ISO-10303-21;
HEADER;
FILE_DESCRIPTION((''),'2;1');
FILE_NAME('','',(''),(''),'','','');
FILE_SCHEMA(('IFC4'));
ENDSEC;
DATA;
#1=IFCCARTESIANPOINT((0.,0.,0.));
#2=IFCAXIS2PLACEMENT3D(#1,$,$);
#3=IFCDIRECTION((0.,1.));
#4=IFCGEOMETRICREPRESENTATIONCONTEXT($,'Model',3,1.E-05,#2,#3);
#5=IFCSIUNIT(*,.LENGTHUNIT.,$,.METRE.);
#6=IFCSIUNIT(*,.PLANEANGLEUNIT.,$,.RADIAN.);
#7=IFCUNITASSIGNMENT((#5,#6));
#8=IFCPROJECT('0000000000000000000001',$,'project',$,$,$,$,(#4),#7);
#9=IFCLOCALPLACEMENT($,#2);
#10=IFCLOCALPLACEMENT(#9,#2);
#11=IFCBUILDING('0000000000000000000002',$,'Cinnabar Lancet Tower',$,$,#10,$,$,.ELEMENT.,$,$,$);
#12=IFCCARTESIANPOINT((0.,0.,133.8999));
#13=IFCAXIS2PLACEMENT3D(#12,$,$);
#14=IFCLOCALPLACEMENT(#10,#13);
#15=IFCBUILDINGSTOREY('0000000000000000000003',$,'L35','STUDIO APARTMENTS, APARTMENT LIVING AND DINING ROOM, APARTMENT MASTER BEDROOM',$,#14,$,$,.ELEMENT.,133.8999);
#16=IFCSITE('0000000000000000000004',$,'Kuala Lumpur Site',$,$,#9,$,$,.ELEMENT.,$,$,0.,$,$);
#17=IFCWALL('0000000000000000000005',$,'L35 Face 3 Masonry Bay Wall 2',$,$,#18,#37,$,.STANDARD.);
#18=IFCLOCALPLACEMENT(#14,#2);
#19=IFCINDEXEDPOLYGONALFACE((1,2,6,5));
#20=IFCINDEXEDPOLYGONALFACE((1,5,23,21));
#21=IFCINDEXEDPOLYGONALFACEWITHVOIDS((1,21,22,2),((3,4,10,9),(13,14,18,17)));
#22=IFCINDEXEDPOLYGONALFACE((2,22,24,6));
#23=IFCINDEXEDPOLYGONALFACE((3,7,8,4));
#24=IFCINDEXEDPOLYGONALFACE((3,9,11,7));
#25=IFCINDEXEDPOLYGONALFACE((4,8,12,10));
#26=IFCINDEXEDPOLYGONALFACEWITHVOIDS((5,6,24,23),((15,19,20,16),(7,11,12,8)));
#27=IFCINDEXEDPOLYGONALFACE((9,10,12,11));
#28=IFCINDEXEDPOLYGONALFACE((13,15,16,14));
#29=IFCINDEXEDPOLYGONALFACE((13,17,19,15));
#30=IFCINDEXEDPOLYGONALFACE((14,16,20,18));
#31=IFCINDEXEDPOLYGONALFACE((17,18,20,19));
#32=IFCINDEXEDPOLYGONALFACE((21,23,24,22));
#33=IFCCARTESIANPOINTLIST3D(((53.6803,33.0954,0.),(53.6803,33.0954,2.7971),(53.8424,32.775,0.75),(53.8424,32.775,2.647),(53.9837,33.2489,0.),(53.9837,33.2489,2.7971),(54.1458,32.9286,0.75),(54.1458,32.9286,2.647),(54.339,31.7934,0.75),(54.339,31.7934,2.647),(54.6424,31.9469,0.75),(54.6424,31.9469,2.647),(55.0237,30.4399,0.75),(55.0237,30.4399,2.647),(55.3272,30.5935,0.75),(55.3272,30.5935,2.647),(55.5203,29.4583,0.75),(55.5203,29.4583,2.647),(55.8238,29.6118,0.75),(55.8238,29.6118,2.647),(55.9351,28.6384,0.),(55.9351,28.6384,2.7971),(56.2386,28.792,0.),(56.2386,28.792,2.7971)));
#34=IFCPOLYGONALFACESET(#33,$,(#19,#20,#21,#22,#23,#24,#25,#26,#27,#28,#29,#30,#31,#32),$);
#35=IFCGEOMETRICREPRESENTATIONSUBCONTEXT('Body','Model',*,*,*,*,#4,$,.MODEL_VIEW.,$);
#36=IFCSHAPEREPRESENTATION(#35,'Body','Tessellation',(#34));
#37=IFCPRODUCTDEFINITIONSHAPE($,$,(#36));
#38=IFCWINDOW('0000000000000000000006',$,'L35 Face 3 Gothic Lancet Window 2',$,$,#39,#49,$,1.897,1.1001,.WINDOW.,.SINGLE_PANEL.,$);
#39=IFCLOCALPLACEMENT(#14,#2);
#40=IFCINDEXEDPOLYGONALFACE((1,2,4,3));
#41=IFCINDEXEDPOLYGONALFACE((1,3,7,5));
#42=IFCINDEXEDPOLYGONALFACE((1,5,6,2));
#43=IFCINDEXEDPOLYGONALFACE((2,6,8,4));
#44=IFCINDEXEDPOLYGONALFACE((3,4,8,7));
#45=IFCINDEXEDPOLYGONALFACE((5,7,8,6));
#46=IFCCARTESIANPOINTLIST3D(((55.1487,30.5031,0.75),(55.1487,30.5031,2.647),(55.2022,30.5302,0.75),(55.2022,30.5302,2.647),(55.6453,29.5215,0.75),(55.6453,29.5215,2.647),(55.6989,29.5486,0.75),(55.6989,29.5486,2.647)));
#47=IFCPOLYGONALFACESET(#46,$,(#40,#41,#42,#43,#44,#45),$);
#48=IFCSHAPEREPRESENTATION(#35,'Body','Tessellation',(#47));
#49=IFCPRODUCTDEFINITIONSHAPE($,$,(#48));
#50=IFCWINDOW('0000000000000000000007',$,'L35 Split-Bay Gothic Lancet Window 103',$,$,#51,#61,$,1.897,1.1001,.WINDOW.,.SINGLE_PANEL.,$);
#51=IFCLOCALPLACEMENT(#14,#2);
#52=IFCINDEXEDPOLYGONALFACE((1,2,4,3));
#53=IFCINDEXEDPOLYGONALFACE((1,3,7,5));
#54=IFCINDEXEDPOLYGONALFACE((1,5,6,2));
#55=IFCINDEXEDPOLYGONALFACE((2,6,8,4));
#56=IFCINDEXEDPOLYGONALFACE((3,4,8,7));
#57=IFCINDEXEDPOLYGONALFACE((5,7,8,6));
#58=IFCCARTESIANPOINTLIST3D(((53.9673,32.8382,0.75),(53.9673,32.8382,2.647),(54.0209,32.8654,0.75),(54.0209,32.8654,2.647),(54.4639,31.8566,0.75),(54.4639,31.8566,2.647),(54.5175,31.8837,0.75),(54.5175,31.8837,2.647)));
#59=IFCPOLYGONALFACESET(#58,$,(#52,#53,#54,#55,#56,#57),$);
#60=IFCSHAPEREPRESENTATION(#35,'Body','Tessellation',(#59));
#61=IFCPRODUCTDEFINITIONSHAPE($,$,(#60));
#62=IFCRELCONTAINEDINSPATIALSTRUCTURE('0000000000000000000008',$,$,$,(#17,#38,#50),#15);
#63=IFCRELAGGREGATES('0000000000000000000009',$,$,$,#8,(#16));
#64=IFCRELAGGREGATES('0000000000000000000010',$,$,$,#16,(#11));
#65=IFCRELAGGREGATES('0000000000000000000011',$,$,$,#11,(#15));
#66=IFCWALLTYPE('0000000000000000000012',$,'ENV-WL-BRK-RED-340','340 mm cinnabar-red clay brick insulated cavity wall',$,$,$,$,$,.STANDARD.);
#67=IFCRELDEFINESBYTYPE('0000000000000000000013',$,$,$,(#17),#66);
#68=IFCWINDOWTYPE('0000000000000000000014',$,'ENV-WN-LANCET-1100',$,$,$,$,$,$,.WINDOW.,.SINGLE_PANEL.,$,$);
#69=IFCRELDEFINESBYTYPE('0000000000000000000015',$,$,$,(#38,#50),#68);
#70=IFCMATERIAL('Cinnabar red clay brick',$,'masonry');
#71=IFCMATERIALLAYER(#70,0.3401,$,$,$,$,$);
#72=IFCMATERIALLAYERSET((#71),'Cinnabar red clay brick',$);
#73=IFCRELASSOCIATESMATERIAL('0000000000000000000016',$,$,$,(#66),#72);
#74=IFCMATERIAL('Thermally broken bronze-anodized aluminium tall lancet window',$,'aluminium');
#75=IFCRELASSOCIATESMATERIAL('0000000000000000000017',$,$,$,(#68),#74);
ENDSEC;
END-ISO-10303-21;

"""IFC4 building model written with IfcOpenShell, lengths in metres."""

from ifc_helpers import new_model, si_unit, direction, frame, frame_2d, origin, place, context, subcontext, project, spatial, rectangle, extrude, material, layer, layer_set, type_object, element, fill, save


model = new_model("IFC4")

# Units and contexts
model_context = context("Model", 3, precision=1e-05, world=origin(), true_north=direction((0.0, 1.0)))
body_context = subcontext(model_context, "Body", "Model", "MODEL_VIEW")
ifc_project = project(units=[si_unit("LENGTHUNIT", "METRE"), si_unit("PLANEANGLEUNIT", "RADIAN")], contexts=[model_context])

# Site, building, storey
site_placement = place(None, origin())
site = spatial("IfcSite", under=ifc_project, at=site_placement, Name="Kuala Lumpur Site", CompositionType="ELEMENT", RefElevation=0.0)
building_placement = place(site_placement, origin())
building = spatial("IfcBuilding", under=site, at=building_placement, Name="Cinnabar Lancet Tower", CompositionType="ELEMENT")
storey_placement = place(building_placement, frame((0.0, 0.0, 133.8999)))
storey = spatial("IfcBuildingStorey", under=building, at=storey_placement, Name="L35", Description="STUDIO APARTMENTS, APARTMENT LIVING AND DINING ROOM, APARTMENT MASTER BEDROOM", CompositionType="ELEMENT", Elevation=133.8999)

# Shared definitions
ifc_material_1 = material(Name="Cinnabar red clay brick", Category="masonry")
ifc_layer_1 = layer(ifc_material_1, 0.3401)
ifc_layer_set_1 = layer_set([ifc_layer_1], Name="Cinnabar red clay brick")
wall_type_1 = type_object("IfcWallType", Name="ENV-WL-BRK-RED-340", Description="340 mm cinnabar-red clay brick insulated cavity wall", PredefinedType="STANDARD", material=ifc_layer_set_1)

# Wall, openings, windows
wall_1_placement = place(storey_placement, frame((56.0869, 28.7151, 0.0), z_axis=(0.0, 0.0, 1.0), x_axis=(-0.451432, 0.892306, 0.0)))
wall_1 = element("IfcWall", 1, at=wall_1_placement, inside=storey, type_object=wall_type_1, Name="L35 Face 3 Masonry Bay Wall 2", PredefinedType="STANDARD", context=body_context, shape_type="SweptSolid", body=[
    extrude(rectangle(XDim=4.9949, YDim=0.3401, at=frame_2d((2.4976, 0.0))), origin(), (0.0, 0.0, 1.0), 2.7971),
])
opening_1_placement = place(wall_1_placement, frame((0.9189, 0.0, 0.75)))
opening_1 = element("IfcOpeningElement", 2, at=opening_1_placement, cuts=wall_1, PredefinedType="OPENING", context=body_context, shape_type="SweptSolid", body=[
    extrude(rectangle(XDim=1.1001, YDim=1.897, at=frame_2d((0.55, 0.9485))), frame((0.0, 0.1799, 0.0), z_axis=(0.0, -1.0, 0.0), x_axis=(1.0, 0.0, 0.0)), (0.0, 0.0, 1.0), 0.3601),
])
opening_2_placement = place(wall_1_placement, frame((3.5359, 0.0, 0.75)))
opening_2 = element("IfcOpeningElement", 3, at=opening_2_placement, cuts=wall_1, PredefinedType="OPENING", context=body_context, shape_type="SweptSolid", body=[
    extrude(rectangle(XDim=1.1001, YDim=1.897, at=frame_2d((0.55, 0.9485))), frame((0.0, 0.1799, 0.0), z_axis=(0.0, -1.0, 0.0), x_axis=(1.0, 0.0, 0.0)), (0.0, 0.0, 1.0), 0.3601),
])
ifc_material_2 = material(Name="Thermally broken bronze-anodized aluminium tall lancet window", Category="aluminium")
window_type = type_object("IfcWindowType", Name="ENV-WN-LANCET-1100", PartitioningType="SINGLE_PANEL", PredefinedType="WINDOW", material=ifc_material_2)
window_1_placement = place(opening_1_placement, origin())
window_1 = element("IfcWindow", 4, at=window_1_placement, inside=storey, type_object=window_type, Name="L35 Face 3 Gothic Lancet Window 2", OverallHeight=1.897, OverallWidth=1.1001, PartitioningType="SINGLE_PANEL", PredefinedType="WINDOW", context=body_context, shape_type="SweptSolid", body=[
    extrude(rectangle(XDim=1.1001, YDim=1.897, at=frame_2d((0.55, 0.9485))), frame((0.0, 0.03, 0.0), z_axis=(0.0, -1.0, 0.0), x_axis=(1.0, 0.0, 0.0)), (0.0, 0.0, 1.0), 0.0601),
])
fill(opening_1, window_1)
window_2_placement = place(opening_2_placement, origin())
window_2 = element("IfcWindow", 5, at=window_2_placement, inside=storey, type_object=window_type, Name="L35 Split-Bay Gothic Lancet Window 103", OverallHeight=1.897, OverallWidth=1.1001, PartitioningType="SINGLE_PANEL", PredefinedType="WINDOW", context=body_context, shape_type="SweptSolid", body=[
    extrude(rectangle(XDim=1.1001, YDim=1.897, at=frame_2d((0.55, 0.9485))), frame((0.0, 0.03, 0.0), z_axis=(0.0, -1.0, 0.0), x_axis=(1.0, 0.0, 0.0)), (0.0, 0.0, 1.0), 0.0601),
])
fill(opening_2, window_2)

save(model, "model.ifc")
